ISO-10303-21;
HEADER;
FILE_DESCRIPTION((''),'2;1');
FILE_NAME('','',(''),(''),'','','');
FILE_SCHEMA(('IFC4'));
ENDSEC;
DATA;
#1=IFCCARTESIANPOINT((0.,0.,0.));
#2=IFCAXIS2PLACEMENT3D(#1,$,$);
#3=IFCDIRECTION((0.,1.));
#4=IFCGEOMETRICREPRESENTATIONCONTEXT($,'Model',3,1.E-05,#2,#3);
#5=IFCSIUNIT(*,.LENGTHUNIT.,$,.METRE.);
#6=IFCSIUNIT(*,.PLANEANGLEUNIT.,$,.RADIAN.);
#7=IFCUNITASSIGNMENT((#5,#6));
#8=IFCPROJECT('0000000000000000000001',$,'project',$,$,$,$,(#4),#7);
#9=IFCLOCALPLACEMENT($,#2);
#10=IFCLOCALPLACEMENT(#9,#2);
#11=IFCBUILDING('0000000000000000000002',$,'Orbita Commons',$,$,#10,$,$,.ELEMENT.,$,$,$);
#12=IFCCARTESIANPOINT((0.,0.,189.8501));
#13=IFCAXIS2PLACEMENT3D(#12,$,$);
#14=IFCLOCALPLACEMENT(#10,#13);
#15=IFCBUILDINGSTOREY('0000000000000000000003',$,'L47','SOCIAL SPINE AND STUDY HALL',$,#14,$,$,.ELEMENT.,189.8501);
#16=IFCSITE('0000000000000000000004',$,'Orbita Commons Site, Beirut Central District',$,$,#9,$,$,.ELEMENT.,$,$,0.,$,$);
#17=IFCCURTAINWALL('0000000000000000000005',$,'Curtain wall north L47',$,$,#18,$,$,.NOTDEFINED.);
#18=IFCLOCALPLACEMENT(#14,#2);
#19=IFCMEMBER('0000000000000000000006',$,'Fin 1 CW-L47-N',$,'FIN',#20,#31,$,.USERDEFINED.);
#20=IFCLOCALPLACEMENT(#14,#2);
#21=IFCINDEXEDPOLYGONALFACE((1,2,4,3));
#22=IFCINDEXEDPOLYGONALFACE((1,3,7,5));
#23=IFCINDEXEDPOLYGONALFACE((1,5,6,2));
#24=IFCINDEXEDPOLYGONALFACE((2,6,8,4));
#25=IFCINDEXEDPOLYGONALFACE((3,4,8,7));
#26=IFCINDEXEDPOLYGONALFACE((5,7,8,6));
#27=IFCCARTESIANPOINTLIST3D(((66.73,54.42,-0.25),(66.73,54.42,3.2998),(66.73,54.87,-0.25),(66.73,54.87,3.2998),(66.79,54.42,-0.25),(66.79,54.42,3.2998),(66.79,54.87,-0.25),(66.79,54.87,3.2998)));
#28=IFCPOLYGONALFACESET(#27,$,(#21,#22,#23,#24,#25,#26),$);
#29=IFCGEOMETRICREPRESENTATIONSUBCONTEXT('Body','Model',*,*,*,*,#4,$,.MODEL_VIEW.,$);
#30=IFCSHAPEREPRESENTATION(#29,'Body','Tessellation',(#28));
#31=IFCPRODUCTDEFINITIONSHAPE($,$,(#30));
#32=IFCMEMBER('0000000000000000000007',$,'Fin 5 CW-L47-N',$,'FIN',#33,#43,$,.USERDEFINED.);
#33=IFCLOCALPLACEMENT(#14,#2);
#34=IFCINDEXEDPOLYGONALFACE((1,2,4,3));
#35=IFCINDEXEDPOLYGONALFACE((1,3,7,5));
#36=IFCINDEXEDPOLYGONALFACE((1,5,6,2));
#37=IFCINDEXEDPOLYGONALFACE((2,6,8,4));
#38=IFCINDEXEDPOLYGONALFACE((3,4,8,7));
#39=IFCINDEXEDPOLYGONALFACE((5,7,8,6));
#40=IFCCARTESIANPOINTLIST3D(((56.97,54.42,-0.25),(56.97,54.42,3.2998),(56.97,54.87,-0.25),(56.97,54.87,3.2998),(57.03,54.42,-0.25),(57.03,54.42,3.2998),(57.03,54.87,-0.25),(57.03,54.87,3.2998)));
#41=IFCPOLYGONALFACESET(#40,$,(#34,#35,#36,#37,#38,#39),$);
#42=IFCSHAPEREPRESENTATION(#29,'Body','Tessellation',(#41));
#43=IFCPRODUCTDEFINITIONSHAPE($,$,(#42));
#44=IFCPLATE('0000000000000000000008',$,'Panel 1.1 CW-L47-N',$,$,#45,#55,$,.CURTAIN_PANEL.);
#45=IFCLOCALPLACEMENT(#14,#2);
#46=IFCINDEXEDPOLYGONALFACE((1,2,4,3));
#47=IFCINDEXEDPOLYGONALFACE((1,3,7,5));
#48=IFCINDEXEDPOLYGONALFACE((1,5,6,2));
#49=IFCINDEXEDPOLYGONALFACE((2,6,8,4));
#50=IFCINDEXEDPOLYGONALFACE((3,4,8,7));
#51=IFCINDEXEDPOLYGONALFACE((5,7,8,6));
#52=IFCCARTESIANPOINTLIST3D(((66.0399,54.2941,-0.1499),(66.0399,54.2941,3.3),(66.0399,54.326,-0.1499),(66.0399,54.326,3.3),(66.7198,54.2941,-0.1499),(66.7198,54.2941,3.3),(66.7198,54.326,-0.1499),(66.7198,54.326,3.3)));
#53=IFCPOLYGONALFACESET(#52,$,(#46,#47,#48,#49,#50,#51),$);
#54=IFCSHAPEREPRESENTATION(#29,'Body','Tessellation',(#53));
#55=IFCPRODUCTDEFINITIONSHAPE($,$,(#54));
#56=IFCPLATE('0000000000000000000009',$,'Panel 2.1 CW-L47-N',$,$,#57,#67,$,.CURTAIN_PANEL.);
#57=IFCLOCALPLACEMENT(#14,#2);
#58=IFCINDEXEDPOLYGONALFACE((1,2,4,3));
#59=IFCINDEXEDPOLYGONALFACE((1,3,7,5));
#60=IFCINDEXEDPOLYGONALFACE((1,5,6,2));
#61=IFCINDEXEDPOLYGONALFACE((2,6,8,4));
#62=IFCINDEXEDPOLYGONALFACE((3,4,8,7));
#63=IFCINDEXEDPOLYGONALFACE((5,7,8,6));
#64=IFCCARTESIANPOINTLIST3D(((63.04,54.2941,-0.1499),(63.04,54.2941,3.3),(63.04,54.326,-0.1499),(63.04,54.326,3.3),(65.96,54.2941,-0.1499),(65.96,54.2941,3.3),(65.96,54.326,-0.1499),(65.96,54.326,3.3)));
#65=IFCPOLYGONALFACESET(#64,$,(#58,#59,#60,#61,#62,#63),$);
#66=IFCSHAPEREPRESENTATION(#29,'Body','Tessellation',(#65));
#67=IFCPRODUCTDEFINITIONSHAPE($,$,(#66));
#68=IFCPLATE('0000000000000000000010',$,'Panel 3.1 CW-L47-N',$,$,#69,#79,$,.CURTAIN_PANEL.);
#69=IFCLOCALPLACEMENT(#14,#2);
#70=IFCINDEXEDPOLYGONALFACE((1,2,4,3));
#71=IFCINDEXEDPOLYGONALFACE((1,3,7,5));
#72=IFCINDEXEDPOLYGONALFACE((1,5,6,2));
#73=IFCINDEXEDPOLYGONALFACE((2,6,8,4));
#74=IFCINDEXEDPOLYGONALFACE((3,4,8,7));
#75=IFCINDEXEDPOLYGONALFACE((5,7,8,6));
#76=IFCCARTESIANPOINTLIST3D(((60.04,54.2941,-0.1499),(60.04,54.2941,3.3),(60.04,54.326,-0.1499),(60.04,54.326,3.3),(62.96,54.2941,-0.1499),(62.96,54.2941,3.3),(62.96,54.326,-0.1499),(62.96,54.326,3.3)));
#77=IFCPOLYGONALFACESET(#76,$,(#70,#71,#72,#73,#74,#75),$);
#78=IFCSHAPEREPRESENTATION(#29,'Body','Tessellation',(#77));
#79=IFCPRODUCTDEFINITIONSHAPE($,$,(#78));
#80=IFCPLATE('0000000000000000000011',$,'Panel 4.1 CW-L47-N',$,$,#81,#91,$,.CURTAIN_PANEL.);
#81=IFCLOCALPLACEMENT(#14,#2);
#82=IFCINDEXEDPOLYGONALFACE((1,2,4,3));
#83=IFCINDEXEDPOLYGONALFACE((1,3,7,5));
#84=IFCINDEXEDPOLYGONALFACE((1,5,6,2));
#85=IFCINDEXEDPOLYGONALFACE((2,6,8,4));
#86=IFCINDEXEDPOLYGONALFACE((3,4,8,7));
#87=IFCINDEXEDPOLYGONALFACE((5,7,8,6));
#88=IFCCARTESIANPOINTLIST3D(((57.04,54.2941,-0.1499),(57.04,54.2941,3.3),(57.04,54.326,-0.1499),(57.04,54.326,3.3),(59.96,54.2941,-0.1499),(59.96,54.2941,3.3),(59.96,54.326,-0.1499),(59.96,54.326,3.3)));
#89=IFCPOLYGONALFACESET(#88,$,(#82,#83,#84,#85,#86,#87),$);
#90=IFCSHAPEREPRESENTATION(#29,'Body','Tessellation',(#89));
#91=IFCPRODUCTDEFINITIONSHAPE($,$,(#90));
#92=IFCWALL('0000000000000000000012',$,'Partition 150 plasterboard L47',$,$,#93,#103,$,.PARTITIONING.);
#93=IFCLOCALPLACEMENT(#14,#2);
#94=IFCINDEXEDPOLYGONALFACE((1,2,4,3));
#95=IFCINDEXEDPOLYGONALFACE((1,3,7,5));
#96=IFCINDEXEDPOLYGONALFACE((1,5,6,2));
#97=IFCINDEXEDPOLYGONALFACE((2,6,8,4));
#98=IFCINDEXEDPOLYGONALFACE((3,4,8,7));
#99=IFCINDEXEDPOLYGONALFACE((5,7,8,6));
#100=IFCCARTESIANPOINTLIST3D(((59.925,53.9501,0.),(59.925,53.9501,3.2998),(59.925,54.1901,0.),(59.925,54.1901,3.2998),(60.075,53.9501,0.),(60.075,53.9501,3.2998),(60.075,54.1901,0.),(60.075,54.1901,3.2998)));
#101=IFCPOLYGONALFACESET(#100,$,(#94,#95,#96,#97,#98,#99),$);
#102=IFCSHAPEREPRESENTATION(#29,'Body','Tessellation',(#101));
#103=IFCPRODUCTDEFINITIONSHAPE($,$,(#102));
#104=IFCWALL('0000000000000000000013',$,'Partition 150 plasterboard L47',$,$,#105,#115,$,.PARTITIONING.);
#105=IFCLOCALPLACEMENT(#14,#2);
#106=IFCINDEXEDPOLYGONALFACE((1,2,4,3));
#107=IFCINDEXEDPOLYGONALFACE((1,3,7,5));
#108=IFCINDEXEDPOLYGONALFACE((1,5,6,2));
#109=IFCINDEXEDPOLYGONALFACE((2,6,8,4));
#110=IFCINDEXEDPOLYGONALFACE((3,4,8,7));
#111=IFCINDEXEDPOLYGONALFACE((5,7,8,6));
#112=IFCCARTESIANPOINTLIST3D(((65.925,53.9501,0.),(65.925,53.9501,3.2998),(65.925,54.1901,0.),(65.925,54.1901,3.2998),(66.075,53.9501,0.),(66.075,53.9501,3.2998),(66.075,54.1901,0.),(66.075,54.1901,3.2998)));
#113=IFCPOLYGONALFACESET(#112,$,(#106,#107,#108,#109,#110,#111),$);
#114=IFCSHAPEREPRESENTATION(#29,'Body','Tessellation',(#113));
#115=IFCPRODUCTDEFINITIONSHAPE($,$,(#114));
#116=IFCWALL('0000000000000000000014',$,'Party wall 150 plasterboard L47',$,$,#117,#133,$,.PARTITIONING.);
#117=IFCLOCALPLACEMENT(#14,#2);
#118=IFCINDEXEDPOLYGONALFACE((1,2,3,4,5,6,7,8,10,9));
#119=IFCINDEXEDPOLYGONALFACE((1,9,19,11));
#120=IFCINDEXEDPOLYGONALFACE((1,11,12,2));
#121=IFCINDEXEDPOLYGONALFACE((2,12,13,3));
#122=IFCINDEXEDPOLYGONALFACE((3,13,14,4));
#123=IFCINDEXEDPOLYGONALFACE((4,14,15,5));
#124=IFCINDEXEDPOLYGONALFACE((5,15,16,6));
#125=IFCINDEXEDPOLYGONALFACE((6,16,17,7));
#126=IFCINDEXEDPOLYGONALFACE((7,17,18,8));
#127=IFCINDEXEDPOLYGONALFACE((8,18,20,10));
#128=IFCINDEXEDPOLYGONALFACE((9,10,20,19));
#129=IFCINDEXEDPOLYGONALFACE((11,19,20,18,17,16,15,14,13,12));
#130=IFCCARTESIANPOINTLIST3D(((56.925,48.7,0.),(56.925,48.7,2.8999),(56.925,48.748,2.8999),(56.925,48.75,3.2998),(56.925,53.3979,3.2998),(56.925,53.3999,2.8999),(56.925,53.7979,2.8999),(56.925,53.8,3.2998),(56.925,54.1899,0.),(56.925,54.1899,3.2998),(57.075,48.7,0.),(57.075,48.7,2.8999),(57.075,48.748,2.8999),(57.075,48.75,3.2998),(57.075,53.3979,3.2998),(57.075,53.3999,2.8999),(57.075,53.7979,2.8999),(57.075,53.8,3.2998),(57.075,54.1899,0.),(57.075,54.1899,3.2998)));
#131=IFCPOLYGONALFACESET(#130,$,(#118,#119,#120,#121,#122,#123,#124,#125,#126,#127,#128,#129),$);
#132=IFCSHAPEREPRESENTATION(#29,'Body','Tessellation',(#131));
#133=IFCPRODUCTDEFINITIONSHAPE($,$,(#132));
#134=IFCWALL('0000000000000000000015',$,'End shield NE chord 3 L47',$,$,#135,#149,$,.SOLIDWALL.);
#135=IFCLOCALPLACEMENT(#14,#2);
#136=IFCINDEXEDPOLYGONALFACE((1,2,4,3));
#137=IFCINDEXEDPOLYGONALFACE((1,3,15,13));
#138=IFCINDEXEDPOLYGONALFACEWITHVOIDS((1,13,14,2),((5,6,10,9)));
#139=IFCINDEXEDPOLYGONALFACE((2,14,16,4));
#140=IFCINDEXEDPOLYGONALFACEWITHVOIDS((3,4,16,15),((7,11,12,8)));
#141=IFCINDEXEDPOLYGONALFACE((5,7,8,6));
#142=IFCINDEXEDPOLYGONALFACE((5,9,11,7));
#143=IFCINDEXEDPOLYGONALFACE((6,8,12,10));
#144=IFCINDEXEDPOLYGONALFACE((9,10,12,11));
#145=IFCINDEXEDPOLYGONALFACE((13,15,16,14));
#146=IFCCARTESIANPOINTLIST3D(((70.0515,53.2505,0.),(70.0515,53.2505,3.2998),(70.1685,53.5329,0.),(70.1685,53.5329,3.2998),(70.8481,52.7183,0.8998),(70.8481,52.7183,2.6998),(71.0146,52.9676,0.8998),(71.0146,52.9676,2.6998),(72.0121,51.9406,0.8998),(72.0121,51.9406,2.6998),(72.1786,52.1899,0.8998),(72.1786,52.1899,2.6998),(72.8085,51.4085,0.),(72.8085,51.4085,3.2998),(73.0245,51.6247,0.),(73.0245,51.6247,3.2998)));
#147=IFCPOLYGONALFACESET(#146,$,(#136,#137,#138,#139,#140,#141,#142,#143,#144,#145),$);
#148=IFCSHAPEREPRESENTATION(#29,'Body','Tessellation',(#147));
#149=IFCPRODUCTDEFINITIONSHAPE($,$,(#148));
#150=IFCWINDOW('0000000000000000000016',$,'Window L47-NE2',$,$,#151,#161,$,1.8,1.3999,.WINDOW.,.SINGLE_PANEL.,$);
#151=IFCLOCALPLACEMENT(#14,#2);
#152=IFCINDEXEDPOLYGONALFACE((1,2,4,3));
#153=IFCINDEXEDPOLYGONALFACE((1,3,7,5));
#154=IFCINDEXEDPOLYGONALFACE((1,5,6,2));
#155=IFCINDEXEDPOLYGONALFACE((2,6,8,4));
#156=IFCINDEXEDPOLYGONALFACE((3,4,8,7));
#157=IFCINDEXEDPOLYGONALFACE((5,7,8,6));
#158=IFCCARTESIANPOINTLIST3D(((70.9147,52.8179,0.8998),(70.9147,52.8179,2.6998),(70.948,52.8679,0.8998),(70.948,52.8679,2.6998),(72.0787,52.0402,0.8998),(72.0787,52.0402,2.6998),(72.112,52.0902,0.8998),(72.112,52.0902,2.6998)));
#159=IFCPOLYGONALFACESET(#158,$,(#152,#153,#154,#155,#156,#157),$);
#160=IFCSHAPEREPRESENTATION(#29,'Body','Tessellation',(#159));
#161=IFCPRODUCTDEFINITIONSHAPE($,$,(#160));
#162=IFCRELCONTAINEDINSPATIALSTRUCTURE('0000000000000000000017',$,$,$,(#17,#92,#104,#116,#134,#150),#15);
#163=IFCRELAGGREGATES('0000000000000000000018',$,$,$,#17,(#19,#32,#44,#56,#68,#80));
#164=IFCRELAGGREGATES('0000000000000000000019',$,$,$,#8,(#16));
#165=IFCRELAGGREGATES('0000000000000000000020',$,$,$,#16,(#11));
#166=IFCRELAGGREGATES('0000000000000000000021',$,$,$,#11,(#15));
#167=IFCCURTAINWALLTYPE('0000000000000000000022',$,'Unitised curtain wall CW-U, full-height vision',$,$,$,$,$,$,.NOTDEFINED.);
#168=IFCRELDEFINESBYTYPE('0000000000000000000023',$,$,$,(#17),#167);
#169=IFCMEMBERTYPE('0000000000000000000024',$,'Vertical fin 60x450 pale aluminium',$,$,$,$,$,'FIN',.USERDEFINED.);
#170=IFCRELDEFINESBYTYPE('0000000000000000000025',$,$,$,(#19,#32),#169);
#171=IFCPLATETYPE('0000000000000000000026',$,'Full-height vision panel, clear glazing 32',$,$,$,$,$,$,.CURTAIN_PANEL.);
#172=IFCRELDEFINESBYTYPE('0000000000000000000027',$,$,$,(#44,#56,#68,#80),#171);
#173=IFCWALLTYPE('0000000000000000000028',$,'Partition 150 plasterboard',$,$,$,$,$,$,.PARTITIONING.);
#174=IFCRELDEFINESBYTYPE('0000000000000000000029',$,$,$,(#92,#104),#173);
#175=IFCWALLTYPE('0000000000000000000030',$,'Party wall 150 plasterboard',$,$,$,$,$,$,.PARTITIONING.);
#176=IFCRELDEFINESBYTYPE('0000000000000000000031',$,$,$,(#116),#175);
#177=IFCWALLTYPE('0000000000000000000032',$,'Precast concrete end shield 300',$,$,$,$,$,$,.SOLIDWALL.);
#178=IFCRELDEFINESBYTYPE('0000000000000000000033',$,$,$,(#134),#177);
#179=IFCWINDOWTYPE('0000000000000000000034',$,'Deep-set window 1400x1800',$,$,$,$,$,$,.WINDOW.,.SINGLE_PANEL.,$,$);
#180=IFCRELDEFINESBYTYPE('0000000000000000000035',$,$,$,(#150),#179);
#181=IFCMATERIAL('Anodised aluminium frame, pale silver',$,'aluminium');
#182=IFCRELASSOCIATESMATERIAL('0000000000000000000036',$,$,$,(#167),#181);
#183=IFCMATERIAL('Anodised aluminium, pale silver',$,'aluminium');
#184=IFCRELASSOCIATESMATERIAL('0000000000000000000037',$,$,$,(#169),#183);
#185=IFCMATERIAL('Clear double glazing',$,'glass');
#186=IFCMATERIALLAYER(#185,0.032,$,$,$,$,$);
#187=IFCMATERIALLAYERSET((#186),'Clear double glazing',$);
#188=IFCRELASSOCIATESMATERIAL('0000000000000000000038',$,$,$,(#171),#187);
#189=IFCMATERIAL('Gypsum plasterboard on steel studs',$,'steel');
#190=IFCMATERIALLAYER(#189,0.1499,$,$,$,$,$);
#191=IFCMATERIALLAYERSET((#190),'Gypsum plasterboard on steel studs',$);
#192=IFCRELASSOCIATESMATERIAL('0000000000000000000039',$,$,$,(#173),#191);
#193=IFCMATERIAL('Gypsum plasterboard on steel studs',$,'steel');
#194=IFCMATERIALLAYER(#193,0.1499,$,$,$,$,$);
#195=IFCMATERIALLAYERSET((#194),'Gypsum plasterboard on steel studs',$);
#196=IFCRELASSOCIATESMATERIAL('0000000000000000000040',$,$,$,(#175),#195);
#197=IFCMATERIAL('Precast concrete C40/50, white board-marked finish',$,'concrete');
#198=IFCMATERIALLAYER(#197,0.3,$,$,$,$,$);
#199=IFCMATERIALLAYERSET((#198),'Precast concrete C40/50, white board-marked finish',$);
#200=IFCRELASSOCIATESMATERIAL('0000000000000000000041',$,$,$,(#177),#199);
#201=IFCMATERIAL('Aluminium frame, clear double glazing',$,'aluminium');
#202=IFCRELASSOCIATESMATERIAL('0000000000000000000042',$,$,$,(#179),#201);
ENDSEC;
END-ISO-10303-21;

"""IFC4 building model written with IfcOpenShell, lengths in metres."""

from ifc_helpers import new_model, si_unit, direction, frame, frame_2d, origin, origin_2d, place, context, subcontext, project, spatial, polyline, rectangle, outline, extrude, material, layer, layer_set, material_profile, profile_set, type_object, element, fill, aggregate, save


model = new_model("IFC4")

# Units and contexts
model_context = context("Model", 3, precision=1e-05, world=origin(), true_north=direction((0.0, 1.0)))
body_context = subcontext(model_context, "Body", "Model", "MODEL_VIEW")
ifc_project = project(units=[si_unit("LENGTHUNIT", "METRE"), si_unit("PLANEANGLEUNIT", "RADIAN")], contexts=[model_context])

# Site, building, storey
site_placement = place(None, origin())
site = spatial("IfcSite", under=ifc_project, at=site_placement, Name="Orbita Commons Site, Beirut Central District", CompositionType="ELEMENT", RefElevation=0.0)
building_placement = place(site_placement, origin())
building = spatial("IfcBuilding", under=site, at=building_placement, Name="Orbita Commons", CompositionType="ELEMENT")
storey_placement = place(building_placement, frame((0.0, 0.0, 189.8501)))
storey = spatial("IfcBuildingStorey", under=building, at=storey_placement, Name="L47", Description="SOCIAL SPINE AND STUDY HALL", CompositionType="ELEMENT", Elevation=189.8501)

# Curtain wall
ifc_material_1 = material(Name="Anodised aluminium frame, pale silver", Category="aluminium")
curtain_wall_type = type_object("IfcCurtainWallType", Name="Unitised curtain wall CW-U, full-height vision", PredefinedType="NOTDEFINED", material=ifc_material_1)
curtain_wall_placement = place(storey_placement, origin())
curtain_wall = element("IfcCurtainWall", 1, at=curtain_wall_placement, inside=storey, type_object=curtain_wall_type, Name="Curtain wall north L47", PredefinedType="NOTDEFINED")

# Members
ifc_material_2 = material(Name="Anodised aluminium, pale silver", Category="aluminium")
ifc_material_profile_1 = material_profile(ifc_material_2, rectangle(XDim=0.0601, YDim=0.45, at=origin_2d()), Name="FIN 60x450")
ifc_profile_set_1 = profile_set([ifc_material_profile_1], Name="Anodised aluminium, pale silver")
member_type_1 = type_object("IfcMemberType", Name="Vertical fin 60x450 pale aluminium", ElementType="FIN", PredefinedType="USERDEFINED", material=ifc_profile_set_1)
member_1_placement = place(storey_placement, frame((66.76, 54.645, -0.25), z_axis=(0.0, 0.0, 1.0), x_axis=(-1.0, 0.0, 0.0)))
member_1 = element("IfcMember", 2, at=member_1_placement, type_object=member_type_1, Name="Fin 1 CW-L47-N", ObjectType="FIN", PredefinedType="USERDEFINED", context=body_context, shape_type="SweptSolid", body=[
    extrude(rectangle(XDim=0.0601, YDim=0.45, at=origin_2d()), origin(), (0.0, 0.0, 1.0), 3.5498),
])
member_2_placement = place(storey_placement, frame((57.0, 54.645, -0.25), z_axis=(0.0, 0.0, 1.0), x_axis=(-1.0, 0.0, 0.0)))
member_2 = element("IfcMember", 3, at=member_2_placement, type_object=member_type_1, Name="Fin 5 CW-L47-N", ObjectType="FIN", PredefinedType="USERDEFINED", context=body_context, shape_type="SweptSolid", body=[
    extrude(rectangle(XDim=0.0601, YDim=0.45, at=origin_2d()), origin(), (0.0, 0.0, 1.0), 3.5498),
])

# Plates
ifc_material_3 = material(Name="Clear double glazing", Category="glass")
ifc_layer_1 = layer(ifc_material_3, 0.032)
ifc_layer_set_1 = layer_set([ifc_layer_1], Name="Clear double glazing")
plate_type = type_object("IfcPlateType", Name="Full-height vision panel, clear glazing 32", PredefinedType="CURTAIN_PANEL", material=ifc_layer_set_1)
plate_1_placement = place(storey_placement, frame((66.3799, 54.3101, -0.1499), z_axis=(0.0, 0.0, 1.0), x_axis=(-1.0, 0.0, 0.0)))
plate_1 = element("IfcPlate", 4, at=plate_1_placement, type_object=plate_type, Name="Panel 1.1 CW-L47-N", PredefinedType="CURTAIN_PANEL", context=body_context, shape_type="SweptSolid", body=[
    extrude(rectangle(XDim=0.6799, YDim=0.032, at=origin_2d()), origin(), (0.0, 0.0, 1.0), 3.45),
])
plate_2_placement = place(storey_placement, frame((64.5, 54.3101, -0.1499), z_axis=(0.0, 0.0, 1.0), x_axis=(-1.0, 0.0, 0.0)))
plate_2 = element("IfcPlate", 5, at=plate_2_placement, type_object=plate_type, Name="Panel 2.1 CW-L47-N", PredefinedType="CURTAIN_PANEL", context=body_context, shape_type="SweptSolid", body=[
    extrude(rectangle(XDim=2.9199, YDim=0.032, at=origin_2d()), origin(), (0.0, 0.0, 1.0), 3.45),
])
plate_3_placement = place(storey_placement, frame((61.5, 54.3101, -0.1499), z_axis=(0.0, 0.0, 1.0), x_axis=(-1.0, 0.0, 0.0)))
plate_3 = element("IfcPlate", 6, at=plate_3_placement, type_object=plate_type, Name="Panel 3.1 CW-L47-N", PredefinedType="CURTAIN_PANEL", context=body_context, shape_type="SweptSolid", body=[
    extrude(rectangle(XDim=2.9199, YDim=0.032, at=origin_2d()), origin(), (0.0, 0.0, 1.0), 3.45),
])
plate_4_placement = place(storey_placement, frame((58.5, 54.3101, -0.1499), z_axis=(0.0, 0.0, 1.0), x_axis=(-1.0, 0.0, 0.0)))
plate_4 = element("IfcPlate", 7, at=plate_4_placement, type_object=plate_type, Name="Panel 4.1 CW-L47-N", PredefinedType="CURTAIN_PANEL", context=body_context, shape_type="SweptSolid", body=[
    extrude(rectangle(XDim=2.9199, YDim=0.032, at=origin_2d()), origin(), (0.0, 0.0, 1.0), 3.45),
])
aggregate(curtain_wall, [member_1, member_2, plate_1, plate_2, plate_3, plate_4])

# Walls
ifc_material_4 = material(Name="Gypsum plasterboard on steel studs", Category="steel")
ifc_layer_2 = layer(ifc_material_4, 0.1499)
ifc_layer_set_2 = layer_set([ifc_layer_2], Name="Gypsum plasterboard on steel studs")
wall_type_1 = type_object("IfcWallType", Name="Partition 150 plasterboard", PredefinedType="PARTITIONING", material=ifc_layer_set_2)
for number, where, z_axis, x_axis, name in (
    (8, (60.0, 53.95, 0.0), (0.0, 0.0, 1.0), (0.0, 1.0, 0.0), "Partition 150 plasterboard L47"),
    (9, (66.0, 53.95, 0.0), (0.0, 0.0, 1.0), (0.0, 1.0, 0.0), "Partition 150 plasterboard L47"),
):
    element("IfcWall", number, at=place(storey_placement, frame(where, z_axis=z_axis, x_axis=x_axis)), inside=storey, type_object=wall_type_1, Name=name, PredefinedType="PARTITIONING", context=body_context, shape_type="SweptSolid", body=[
        extrude(rectangle(XDim=0.24, YDim=0.1499, at=frame_2d((0.1201, 0.0))), origin(), (0.0, 0.0, 1.0), 3.2998),
    ])
ifc_material_5 = material(Name="Gypsum plasterboard on steel studs", Category="steel")
ifc_layer_3 = layer(ifc_material_5, 0.1499)
ifc_layer_set_3 = layer_set([ifc_layer_3], Name="Gypsum plasterboard on steel studs")
wall_type_2 = type_object("IfcWallType", Name="Party wall 150 plasterboard", PredefinedType="PARTITIONING", material=ifc_layer_set_3)
wall_1_placement = place(storey_placement, frame((57.0, 54.1899, 0.0), z_axis=(0.0, 0.0, 1.0), x_axis=(0.0, -1.0, 0.0)))
element("IfcWall", 10, at=wall_1_placement, inside=storey, type_object=wall_type_2, Name="Party wall 150 plasterboard L47", PredefinedType="PARTITIONING", context=body_context, shape_type="SweptSolid", body=[
    extrude(outline(polyline([(0.0, 0.0), (5.49, 0.0), (5.49, 2.8999), (5.4419, 2.8999), (5.4399, 3.2998), (0.792, 3.2998), (0.79, 2.8999), (0.3921, 2.8999), (0.3899, 3.2998), (0.0, 3.2998), (0.0, 0.0)])), frame((0.0, 0.075, 0.0), z_axis=(0.0, -1.0, 0.0), x_axis=(1.0, 0.0, 0.0)), (0.0, 0.0, 1.0), 0.1499),
])

# Wall, opening, window
ifc_material_6 = material(Name="Precast concrete C40/50, white board-marked finish", Category="concrete")
ifc_layer_4 = layer(ifc_material_6, 0.3)
ifc_layer_set_4 = layer_set([ifc_layer_4], Name="Precast concrete C40/50, white board-marked finish")
wall_type_3 = type_object("IfcWallType", Name="Precast concrete end shield 300", PredefinedType="SOLIDWALL", material=ifc_layer_set_4)
wall_2_placement = place(storey_placement, frame((72.9165, 51.5166, 0.0), z_axis=(0.0, 0.0, 1.0), x_axis=(-0.831493, 0.555535, 0.0)))
wall_2 = element("IfcWall", 11, at=wall_2_placement, inside=storey, type_object=wall_type_3, Name="End shield NE chord 3 L47", PredefinedType="SOLIDWALL", context=body_context, shape_type="SweptSolid", body=[
    extrude(outline(polyline([(-0.0298, -0.1499), (3.405, -0.1499), (3.3455, 0.1499), (0.0298, 0.1499), (-0.0298, -0.1499)])), origin(), (0.0, 0.0, 1.0), 3.2998),
])
opening_1_placement = place(wall_2_placement, frame((0.9875, 0.0, 0.8999)))
opening_1 = element("IfcOpeningElement", 12, at=opening_1_placement, cuts=wall_2, PredefinedType="OPENING", context=body_context, shape_type="SweptSolid", body=[
    extrude(rectangle(XDim=1.3999, YDim=1.8, at=frame_2d((0.7, 0.8999))), frame((0.0, 0.1599, 0.0), z_axis=(0.0, -1.0, 0.0), x_axis=(1.0, 0.0, 0.0)), (0.0, 0.0, 1.0), 0.3201),
])
ifc_material_7 = material(Name="Aluminium frame, clear double glazing", Category="aluminium")
window_type = type_object("IfcWindowType", Name="Deep-set window 1400x1800", PartitioningType="SINGLE_PANEL", PredefinedType="WINDOW", material=ifc_material_7)
window_1_placement = place(opening_1_placement, origin())
window_1 = element("IfcWindow", 13, at=window_1_placement, inside=storey, type_object=window_type, Name="Window L47-NE2", OverallHeight=1.8, OverallWidth=1.3999, PartitioningType="SINGLE_PANEL", PredefinedType="WINDOW", context=body_context, shape_type="SweptSolid", body=[
    extrude(rectangle(XDim=1.3999, YDim=1.8, at=frame_2d((0.7, 0.8999))), frame((0.0, 0.03, 0.0), z_axis=(0.0, -1.0, 0.0), x_axis=(1.0, 0.0, 0.0)), (0.0, 0.0, 1.0), 0.0601),
])
fill(opening_1, window_1)

save(model, "model.ifc")
